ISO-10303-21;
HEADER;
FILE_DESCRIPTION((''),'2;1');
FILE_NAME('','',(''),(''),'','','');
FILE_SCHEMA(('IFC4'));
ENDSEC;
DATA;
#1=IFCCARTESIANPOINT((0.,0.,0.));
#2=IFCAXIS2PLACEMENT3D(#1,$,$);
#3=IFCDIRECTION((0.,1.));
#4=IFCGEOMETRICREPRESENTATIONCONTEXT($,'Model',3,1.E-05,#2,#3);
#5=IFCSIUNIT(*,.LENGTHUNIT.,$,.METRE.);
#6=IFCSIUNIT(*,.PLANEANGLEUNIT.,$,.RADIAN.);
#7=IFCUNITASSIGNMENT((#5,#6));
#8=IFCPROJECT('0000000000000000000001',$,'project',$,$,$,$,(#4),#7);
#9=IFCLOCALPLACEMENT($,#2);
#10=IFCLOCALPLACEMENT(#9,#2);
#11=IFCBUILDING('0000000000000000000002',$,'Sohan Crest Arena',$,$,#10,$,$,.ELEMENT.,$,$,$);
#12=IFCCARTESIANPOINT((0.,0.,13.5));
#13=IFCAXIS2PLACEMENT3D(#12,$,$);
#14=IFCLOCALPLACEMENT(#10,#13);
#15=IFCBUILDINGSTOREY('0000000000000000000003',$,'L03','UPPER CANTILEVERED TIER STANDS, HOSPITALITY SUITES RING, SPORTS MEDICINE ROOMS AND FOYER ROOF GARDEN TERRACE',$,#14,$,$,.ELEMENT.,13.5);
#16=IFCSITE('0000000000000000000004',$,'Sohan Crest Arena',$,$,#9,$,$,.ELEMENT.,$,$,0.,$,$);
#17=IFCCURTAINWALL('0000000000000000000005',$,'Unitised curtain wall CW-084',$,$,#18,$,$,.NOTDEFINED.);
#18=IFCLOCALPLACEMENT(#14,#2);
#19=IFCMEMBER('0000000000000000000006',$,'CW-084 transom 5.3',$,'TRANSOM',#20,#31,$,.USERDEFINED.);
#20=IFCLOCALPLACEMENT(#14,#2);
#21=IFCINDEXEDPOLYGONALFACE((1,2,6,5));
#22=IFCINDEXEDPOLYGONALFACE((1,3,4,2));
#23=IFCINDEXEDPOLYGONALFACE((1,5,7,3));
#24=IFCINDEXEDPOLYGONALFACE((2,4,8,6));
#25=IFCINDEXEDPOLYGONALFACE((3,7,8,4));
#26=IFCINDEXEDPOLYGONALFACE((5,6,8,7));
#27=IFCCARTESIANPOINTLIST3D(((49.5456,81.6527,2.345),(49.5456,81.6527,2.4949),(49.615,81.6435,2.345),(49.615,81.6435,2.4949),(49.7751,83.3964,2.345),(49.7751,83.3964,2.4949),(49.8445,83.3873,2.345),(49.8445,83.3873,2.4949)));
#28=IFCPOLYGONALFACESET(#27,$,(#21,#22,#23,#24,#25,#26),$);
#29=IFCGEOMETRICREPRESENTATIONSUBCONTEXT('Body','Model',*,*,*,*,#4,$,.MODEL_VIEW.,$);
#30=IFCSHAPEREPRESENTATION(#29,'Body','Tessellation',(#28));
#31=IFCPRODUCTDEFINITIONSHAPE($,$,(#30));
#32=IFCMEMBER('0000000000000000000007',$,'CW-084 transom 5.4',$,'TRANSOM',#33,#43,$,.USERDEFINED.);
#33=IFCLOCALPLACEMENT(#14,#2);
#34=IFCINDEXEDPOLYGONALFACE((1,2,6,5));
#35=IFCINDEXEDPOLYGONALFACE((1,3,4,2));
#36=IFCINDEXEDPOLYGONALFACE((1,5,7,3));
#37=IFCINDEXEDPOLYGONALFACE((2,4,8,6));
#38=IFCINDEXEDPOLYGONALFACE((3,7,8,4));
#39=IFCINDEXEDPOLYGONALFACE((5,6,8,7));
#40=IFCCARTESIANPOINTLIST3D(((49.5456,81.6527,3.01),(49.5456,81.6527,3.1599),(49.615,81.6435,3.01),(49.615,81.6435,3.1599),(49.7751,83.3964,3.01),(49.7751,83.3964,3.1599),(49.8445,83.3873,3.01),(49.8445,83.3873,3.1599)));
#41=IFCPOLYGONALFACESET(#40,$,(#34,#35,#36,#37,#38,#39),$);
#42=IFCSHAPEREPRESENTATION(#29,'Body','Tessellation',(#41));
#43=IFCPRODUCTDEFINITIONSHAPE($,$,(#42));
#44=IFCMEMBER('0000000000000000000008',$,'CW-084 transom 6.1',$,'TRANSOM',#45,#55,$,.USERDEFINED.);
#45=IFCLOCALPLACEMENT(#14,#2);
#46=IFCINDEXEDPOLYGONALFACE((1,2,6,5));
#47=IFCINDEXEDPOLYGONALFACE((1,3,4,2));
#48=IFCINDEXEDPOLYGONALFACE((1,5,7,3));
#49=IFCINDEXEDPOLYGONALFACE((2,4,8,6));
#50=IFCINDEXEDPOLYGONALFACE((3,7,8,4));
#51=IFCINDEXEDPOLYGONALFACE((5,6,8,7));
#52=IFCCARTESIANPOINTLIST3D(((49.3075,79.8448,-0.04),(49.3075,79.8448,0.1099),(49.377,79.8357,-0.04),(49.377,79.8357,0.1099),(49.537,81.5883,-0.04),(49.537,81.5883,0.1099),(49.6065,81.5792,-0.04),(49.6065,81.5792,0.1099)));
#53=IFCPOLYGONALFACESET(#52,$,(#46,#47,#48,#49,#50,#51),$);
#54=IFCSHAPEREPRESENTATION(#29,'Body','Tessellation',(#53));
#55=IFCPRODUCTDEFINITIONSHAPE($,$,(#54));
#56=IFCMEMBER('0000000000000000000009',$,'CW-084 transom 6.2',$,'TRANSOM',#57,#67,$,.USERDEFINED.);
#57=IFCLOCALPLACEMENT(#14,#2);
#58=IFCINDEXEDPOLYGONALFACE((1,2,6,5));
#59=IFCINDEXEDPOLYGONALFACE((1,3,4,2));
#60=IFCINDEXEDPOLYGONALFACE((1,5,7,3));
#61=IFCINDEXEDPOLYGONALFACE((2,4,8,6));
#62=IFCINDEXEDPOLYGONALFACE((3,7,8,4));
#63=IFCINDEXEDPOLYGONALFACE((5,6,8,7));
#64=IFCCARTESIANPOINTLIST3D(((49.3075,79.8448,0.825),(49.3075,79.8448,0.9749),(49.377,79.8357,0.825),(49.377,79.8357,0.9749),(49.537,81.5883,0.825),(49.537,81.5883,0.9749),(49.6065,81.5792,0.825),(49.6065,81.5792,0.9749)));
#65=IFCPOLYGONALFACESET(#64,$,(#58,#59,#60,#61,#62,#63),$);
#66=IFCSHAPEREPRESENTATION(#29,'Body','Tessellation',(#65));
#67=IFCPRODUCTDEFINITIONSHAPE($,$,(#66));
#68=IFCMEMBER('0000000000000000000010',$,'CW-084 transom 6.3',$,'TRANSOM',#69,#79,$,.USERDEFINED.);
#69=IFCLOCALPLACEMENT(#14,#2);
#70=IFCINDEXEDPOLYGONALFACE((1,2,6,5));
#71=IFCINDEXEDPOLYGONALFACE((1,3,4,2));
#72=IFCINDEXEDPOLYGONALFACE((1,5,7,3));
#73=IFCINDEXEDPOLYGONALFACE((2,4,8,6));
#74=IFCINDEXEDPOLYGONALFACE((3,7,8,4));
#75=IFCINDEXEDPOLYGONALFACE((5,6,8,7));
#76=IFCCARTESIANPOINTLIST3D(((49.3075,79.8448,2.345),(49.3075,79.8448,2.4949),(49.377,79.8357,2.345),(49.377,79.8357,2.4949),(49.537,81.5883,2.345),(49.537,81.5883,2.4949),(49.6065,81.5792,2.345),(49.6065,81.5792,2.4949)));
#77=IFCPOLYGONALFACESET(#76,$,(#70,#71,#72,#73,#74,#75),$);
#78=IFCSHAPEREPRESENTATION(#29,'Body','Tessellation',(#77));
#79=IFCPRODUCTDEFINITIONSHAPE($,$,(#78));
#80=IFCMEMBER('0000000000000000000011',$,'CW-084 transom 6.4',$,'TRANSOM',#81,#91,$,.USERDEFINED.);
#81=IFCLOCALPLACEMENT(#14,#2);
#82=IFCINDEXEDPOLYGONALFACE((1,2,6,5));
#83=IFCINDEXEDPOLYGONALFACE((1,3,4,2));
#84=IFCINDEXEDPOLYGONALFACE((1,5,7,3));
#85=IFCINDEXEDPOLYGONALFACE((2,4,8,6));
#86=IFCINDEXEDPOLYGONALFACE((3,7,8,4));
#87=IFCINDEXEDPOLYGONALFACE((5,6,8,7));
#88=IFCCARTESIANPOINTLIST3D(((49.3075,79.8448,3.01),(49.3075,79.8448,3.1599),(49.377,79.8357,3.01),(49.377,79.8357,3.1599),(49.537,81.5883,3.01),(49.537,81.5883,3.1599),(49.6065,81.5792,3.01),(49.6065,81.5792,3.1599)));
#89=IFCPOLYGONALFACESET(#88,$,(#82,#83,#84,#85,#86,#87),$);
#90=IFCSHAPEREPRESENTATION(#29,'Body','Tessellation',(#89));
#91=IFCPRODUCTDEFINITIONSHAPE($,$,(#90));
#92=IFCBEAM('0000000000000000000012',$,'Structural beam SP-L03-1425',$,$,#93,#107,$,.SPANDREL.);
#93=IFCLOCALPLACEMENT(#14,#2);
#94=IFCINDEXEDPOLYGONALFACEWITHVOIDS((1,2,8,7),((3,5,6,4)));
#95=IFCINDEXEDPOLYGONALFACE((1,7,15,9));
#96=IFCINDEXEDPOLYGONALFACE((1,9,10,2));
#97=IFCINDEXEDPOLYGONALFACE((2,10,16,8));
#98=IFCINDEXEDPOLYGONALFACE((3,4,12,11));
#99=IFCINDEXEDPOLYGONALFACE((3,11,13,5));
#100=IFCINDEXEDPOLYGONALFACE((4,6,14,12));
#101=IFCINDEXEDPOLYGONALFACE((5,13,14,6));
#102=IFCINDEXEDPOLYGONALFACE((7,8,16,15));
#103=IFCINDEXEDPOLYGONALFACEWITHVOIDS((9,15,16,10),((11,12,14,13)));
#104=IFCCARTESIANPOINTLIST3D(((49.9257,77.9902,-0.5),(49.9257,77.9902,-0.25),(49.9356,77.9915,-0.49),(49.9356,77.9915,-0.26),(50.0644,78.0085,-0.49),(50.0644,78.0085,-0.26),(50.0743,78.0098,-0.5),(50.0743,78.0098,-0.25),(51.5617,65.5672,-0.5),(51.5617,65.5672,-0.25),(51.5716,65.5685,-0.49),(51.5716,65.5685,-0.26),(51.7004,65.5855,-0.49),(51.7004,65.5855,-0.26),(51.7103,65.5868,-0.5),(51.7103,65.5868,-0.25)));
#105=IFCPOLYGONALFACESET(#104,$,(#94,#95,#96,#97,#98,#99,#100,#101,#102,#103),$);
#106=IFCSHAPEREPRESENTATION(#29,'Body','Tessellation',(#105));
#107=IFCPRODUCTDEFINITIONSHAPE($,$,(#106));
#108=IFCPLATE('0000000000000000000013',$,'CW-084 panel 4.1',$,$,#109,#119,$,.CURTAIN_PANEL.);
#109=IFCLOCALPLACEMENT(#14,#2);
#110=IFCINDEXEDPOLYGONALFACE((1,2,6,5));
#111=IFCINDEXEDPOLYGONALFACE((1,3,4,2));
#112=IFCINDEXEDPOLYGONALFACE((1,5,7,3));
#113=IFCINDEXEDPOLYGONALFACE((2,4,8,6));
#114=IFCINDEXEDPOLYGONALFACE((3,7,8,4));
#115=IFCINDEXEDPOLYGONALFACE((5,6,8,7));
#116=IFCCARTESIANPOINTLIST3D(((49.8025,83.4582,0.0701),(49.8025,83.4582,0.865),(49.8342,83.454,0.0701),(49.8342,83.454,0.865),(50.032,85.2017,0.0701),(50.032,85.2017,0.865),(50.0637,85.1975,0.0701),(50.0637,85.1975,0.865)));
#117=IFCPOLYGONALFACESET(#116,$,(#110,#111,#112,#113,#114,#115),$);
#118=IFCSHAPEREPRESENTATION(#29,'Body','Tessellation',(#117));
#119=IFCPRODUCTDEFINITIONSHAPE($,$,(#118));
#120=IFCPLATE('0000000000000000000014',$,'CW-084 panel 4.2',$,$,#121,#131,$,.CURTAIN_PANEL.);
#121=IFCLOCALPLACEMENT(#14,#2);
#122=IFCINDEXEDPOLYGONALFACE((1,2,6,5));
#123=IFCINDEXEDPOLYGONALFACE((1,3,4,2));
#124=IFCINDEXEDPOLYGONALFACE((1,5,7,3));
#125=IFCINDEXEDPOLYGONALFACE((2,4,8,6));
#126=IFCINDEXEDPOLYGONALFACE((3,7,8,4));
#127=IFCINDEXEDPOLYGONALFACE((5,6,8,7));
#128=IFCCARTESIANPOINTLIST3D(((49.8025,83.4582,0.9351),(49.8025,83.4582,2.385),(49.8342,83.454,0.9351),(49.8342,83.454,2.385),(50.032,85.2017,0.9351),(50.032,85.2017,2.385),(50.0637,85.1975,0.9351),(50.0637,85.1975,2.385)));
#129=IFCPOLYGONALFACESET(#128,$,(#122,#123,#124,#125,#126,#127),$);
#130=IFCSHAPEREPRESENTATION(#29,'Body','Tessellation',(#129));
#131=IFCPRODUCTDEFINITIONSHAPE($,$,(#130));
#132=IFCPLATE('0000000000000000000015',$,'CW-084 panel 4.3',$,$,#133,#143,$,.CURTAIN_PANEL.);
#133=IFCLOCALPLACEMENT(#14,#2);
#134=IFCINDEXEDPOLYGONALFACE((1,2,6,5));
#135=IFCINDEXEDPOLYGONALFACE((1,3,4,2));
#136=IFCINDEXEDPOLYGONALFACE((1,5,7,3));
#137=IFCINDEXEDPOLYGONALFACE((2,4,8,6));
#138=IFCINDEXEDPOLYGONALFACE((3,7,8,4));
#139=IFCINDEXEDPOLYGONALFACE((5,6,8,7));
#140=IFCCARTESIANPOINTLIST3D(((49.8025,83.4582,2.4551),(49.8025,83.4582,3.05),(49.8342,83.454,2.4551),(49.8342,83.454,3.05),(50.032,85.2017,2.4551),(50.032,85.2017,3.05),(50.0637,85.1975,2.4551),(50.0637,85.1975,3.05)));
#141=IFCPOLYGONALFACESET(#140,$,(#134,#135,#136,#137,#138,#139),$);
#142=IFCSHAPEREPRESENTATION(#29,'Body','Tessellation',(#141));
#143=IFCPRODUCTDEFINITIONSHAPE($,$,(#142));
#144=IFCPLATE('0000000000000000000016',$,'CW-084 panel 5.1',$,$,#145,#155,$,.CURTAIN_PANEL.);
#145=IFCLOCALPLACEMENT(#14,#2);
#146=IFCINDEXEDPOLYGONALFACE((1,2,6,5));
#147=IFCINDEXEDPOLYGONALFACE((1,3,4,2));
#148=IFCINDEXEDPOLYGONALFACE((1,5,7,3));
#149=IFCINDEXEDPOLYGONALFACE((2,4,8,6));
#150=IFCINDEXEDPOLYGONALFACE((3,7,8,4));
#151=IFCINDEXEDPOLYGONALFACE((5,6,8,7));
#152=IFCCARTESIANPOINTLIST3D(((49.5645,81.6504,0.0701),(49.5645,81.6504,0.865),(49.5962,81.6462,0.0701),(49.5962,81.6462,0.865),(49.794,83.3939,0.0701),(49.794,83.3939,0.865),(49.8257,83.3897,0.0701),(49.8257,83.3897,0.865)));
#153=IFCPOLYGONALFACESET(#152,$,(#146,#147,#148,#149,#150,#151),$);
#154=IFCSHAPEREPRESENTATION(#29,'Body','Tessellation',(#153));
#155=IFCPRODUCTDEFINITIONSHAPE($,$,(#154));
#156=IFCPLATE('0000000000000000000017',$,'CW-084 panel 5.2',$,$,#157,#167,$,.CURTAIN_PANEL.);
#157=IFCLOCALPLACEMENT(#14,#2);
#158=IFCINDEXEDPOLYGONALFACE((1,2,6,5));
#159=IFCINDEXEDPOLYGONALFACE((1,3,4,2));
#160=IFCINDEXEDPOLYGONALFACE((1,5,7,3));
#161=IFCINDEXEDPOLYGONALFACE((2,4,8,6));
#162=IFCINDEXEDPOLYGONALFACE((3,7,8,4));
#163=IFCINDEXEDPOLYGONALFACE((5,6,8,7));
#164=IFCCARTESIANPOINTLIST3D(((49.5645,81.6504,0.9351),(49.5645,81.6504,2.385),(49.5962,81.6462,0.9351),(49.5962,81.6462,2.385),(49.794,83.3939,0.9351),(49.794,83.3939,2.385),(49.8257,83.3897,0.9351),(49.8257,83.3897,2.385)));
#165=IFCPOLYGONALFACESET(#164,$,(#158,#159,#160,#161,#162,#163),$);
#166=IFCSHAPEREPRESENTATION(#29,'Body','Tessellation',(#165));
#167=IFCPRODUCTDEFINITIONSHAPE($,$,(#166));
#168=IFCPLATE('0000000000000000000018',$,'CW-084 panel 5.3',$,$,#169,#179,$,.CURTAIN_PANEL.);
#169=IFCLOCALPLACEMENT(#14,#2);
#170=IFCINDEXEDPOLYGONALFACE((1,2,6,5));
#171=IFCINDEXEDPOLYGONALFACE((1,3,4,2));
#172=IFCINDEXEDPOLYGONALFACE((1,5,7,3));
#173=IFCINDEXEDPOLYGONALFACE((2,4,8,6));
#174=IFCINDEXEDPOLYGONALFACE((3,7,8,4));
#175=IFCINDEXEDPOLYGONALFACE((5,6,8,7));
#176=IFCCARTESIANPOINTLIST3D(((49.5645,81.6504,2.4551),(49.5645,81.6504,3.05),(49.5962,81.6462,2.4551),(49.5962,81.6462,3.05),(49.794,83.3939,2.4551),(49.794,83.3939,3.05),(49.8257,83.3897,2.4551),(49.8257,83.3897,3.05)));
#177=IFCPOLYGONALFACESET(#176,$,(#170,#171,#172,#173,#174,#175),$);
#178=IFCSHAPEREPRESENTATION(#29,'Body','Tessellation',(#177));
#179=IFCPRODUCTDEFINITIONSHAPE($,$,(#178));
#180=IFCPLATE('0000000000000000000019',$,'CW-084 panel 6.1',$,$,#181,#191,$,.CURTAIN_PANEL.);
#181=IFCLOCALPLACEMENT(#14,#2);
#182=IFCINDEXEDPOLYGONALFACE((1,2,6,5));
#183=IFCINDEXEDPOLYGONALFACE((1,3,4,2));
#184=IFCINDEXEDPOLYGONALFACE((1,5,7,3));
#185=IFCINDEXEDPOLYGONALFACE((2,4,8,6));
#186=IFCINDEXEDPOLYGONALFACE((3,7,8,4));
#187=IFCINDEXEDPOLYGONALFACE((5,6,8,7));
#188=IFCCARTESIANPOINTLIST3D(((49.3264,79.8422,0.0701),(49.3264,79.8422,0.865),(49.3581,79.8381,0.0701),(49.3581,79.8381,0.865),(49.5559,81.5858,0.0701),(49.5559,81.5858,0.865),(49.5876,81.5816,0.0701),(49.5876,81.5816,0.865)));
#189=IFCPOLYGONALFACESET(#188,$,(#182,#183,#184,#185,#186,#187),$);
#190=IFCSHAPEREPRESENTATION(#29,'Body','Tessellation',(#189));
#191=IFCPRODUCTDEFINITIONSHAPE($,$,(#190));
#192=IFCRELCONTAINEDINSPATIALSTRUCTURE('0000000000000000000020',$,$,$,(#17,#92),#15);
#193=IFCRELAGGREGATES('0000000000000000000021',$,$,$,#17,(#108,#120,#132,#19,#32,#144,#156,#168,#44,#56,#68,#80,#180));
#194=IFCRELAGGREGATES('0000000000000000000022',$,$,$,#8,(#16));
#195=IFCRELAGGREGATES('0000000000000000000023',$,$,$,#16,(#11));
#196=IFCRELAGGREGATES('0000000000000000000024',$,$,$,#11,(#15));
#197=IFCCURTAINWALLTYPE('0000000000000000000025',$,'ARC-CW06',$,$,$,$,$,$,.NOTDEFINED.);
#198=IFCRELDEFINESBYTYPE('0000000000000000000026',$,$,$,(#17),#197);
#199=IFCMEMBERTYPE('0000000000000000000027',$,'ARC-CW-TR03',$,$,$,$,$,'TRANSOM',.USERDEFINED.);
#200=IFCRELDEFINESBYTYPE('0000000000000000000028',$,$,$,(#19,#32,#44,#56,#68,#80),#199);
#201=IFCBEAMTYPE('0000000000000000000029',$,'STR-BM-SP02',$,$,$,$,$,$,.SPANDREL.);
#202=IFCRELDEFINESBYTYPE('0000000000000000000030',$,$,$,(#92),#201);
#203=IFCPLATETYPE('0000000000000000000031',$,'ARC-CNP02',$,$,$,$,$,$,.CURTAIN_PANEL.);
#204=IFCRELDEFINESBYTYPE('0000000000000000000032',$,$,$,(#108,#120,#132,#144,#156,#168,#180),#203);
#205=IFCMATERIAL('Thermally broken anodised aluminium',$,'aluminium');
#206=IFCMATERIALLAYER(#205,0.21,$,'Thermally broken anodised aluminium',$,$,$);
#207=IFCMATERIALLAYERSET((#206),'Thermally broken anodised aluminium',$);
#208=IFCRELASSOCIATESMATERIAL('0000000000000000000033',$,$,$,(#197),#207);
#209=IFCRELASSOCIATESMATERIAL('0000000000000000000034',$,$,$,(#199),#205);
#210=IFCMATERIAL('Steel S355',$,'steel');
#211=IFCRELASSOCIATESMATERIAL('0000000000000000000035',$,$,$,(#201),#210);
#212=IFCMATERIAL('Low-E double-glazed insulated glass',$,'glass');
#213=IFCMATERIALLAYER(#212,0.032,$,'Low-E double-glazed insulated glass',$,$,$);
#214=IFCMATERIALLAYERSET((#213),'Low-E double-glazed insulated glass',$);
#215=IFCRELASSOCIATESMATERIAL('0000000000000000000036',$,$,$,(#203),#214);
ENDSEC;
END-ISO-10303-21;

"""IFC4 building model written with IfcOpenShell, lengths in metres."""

from ifc_helpers import new_model, si_unit, direction, frame, origin, origin_2d, place, context, subcontext, project, spatial, rectangle, hollow_rectangle, extrude, material, layer, layer_set, material_profile, profile_set, type_object, element, aggregate, save


model = new_model("IFC4")

# Units and contexts
model_context = context("Model", 3, precision=1e-05, world=origin(), true_north=direction((0.0, 1.0)))
body_context = subcontext(model_context, "Body", "Model", "MODEL_VIEW")
ifc_project = project(units=[si_unit("LENGTHUNIT", "METRE"), si_unit("PLANEANGLEUNIT", "RADIAN")], contexts=[model_context])

# Site, building, storey
site_placement = place(None, origin())
site = spatial("IfcSite", under=ifc_project, at=site_placement, Name="Sohan Crest Arena", CompositionType="ELEMENT", RefElevation=0.0)
building_placement = place(site_placement, origin())
building = spatial("IfcBuilding", under=site, at=building_placement, Name="Sohan Crest Arena", CompositionType="ELEMENT")
storey_placement = place(building_placement, frame((0.0, 0.0, 13.5)))
storey = spatial("IfcBuildingStorey", under=building, at=storey_placement, Name="L03", Description="UPPER CANTILEVERED TIER STANDS, HOSPITALITY SUITES RING, SPORTS MEDICINE ROOMS AND FOYER ROOF GARDEN TERRACE", CompositionType="ELEMENT", Elevation=13.5)

# Shared definitions
ifc_material_1 = material(Name="Steel S355", Category="steel")

# Curtain wall
ifc_material_2 = material(Name="Thermally broken anodised aluminium", Category="aluminium")
ifc_layer_1 = layer(ifc_material_2, 0.21, Name="Thermally broken anodised aluminium")
ifc_layer_set_1 = layer_set([ifc_layer_1], Name="Thermally broken anodised aluminium")
curtain_wall_type_1 = type_object("IfcCurtainWallType", Name="ARC-CW06", PredefinedType="NOTDEFINED", material=ifc_layer_set_1)
curtain_wall_1_placement = place(storey_placement, origin())
curtain_wall_1 = element("IfcCurtainWall", 1, at=curtain_wall_1_placement, inside=storey, type_object=curtain_wall_type_1, Name="Unitised curtain wall CW-084", PredefinedType="NOTDEFINED")

# Members
ifc_material_profile_1 = material_profile(ifc_material_2, rectangle(XDim=0.0701, YDim=0.1499, at=origin_2d()), Name="ALU-TRAN 70x150")
ifc_profile_set_1 = profile_set([ifc_material_profile_1], Name="Thermally broken anodised aluminium")
member_type_1 = type_object("IfcMemberType", Name="ARC-CW-TR03", ElementType="TRANSOM", PredefinedType="USERDEFINED", material=ifc_profile_set_1)
member_1_placement = place(storey_placement, frame((49.8098, 83.3918, 2.4199), z_axis=(-0.13049, -0.99145, 0.0), x_axis=(0.99145, -0.13049, 0.0)))
member_1 = element("IfcMember", 2, at=member_1_placement, type_object=member_type_1, Name="CW-084 transom 5.3", ObjectType="TRANSOM", PredefinedType="USERDEFINED", context=body_context, shape_type="SweptSolid", body=[
    extrude(rectangle(XDim=0.0701, YDim=0.1499, at=origin_2d()), origin(), (0.0, 0.0, 1.0), 1.7588),
])
member_2_placement = place(storey_placement, frame((49.8098, 83.3918, 3.085), z_axis=(-0.13049, -0.99145, 0.0), x_axis=(0.99145, -0.13049, 0.0)))
member_2 = element("IfcMember", 3, at=member_2_placement, type_object=member_type_1, Name="CW-084 transom 5.4", ObjectType="TRANSOM", PredefinedType="USERDEFINED", context=body_context, shape_type="SweptSolid", body=[
    extrude(rectangle(XDim=0.0701, YDim=0.1499, at=origin_2d()), origin(), (0.0, 0.0, 1.0), 1.7588),
])
member_3_placement = place(storey_placement, frame((49.5718, 81.5837, 0.0349), z_axis=(-0.130508, -0.991447, 0.0), x_axis=(0.991447, -0.130508, 0.0)))
member_3 = element("IfcMember", 4, at=member_3_placement, type_object=member_type_1, Name="CW-084 transom 6.1", ObjectType="TRANSOM", PredefinedType="USERDEFINED", context=body_context, shape_type="SweptSolid", body=[
    extrude(rectangle(XDim=0.0701, YDim=0.1499, at=origin_2d()), origin(), (0.0, 0.0, 1.0), 1.7585),
])
member_4_placement = place(storey_placement, frame((49.5718, 81.5837, 0.8999), z_axis=(-0.130508, -0.991447, 0.0), x_axis=(0.991447, -0.130508, 0.0)))
member_4 = element("IfcMember", 5, at=member_4_placement, type_object=member_type_1, Name="CW-084 transom 6.2", ObjectType="TRANSOM", PredefinedType="USERDEFINED", context=body_context, shape_type="SweptSolid", body=[
    extrude(rectangle(XDim=0.0701, YDim=0.1499, at=origin_2d()), origin(), (0.0, 0.0, 1.0), 1.7585),
])
member_5_placement = place(storey_placement, frame((49.5718, 81.5837, 2.4199), z_axis=(-0.130508, -0.991447, 0.0), x_axis=(0.991447, -0.130508, 0.0)))
member_5 = element("IfcMember", 6, at=member_5_placement, type_object=member_type_1, Name="CW-084 transom 6.3", ObjectType="TRANSOM", PredefinedType="USERDEFINED", context=body_context, shape_type="SweptSolid", body=[
    extrude(rectangle(XDim=0.0701, YDim=0.1499, at=origin_2d()), origin(), (0.0, 0.0, 1.0), 1.7585),
])
member_6_placement = place(storey_placement, frame((49.5718, 81.5837, 3.085), z_axis=(-0.130508, -0.991447, 0.0), x_axis=(0.991447, -0.130508, 0.0)))
member_6 = element("IfcMember", 7, at=member_6_placement, type_object=member_type_1, Name="CW-084 transom 6.4", ObjectType="TRANSOM", PredefinedType="USERDEFINED", context=body_context, shape_type="SweptSolid", body=[
    extrude(rectangle(XDim=0.0701, YDim=0.1499, at=origin_2d()), origin(), (0.0, 0.0, 1.0), 1.7585),
])

# Beam
ifc_material_profile_2 = material_profile(ifc_material_1, hollow_rectangle(XDim=0.1499, YDim=0.25, WallThickness=0.01, at=origin_2d()), Name="RHS 250x150x10")
ifc_profile_set_2 = profile_set([ifc_material_profile_2], Name="Steel S355")
beam_type = type_object("IfcBeamType", Name="STR-BM-SP02", PredefinedType="SPANDREL", material=ifc_profile_set_2)
beam_placement = place(storey_placement, frame((50.0, 78.0, -0.375), z_axis=(0.130562, -0.99144, 0.0), x_axis=(0.99144, 0.130562, 0.0)))
element("IfcBeam", 8, at=beam_placement, inside=storey, type_object=beam_type, Name="Structural beam SP-L03-1425", PredefinedType="SPANDREL", context=body_context, shape_type="SweptSolid", body=[
    extrude(hollow_rectangle(XDim=0.1499, YDim=0.25, WallThickness=0.01, at=origin_2d()), origin(), (0.0, 0.0, 1.0), 12.5303),
])

# Plates
ifc_material_3 = material(Name="Low-E double-glazed insulated glass", Category="glass")
ifc_layer_2 = layer(ifc_material_3, 0.032, Name="Low-E double-glazed insulated glass")
ifc_layer_set_2 = layer_set([ifc_layer_2], Name="Low-E double-glazed insulated glass")
plate_type_1 = type_object("IfcPlateType", Name="ARC-CNP02", PredefinedType="CURTAIN_PANEL", material=ifc_layer_set_2)
plate_1_placement = place(storey_placement, frame((49.9331, 84.3279, 0.0701), z_axis=(0.0, 0.0, 1.0), x_axis=(-0.130511, -0.991447, 0.0)))
plate_1 = element("IfcPlate", 9, at=plate_1_placement, type_object=plate_type_1, Name="CW-084 panel 4.1", PredefinedType="CURTAIN_PANEL", context=body_context, shape_type="SweptSolid", body=[
    extrude(rectangle(XDim=1.7585, YDim=0.032, at=origin_2d()), origin(), (0.0, 0.0, 1.0), 0.7949),
])
plate_2_placement = place(storey_placement, frame((49.9331, 84.3279, 0.9351), z_axis=(0.0, 0.0, 1.0), x_axis=(-0.130511, -0.991447, 0.0)))
plate_2 = element("IfcPlate", 10, at=plate_2_placement, type_object=plate_type_1, Name="CW-084 panel 4.2", PredefinedType="CURTAIN_PANEL", context=body_context, shape_type="SweptSolid", body=[
    extrude(rectangle(XDim=1.7585, YDim=0.032, at=origin_2d()), origin(), (0.0, 0.0, 1.0), 1.45),
])
plate_3_placement = place(storey_placement, frame((49.9331, 84.3279, 2.4551), z_axis=(0.0, 0.0, 1.0), x_axis=(-0.130511, -0.991447, 0.0)))
plate_3 = element("IfcPlate", 11, at=plate_3_placement, type_object=plate_type_1, Name="CW-084 panel 4.3", PredefinedType="CURTAIN_PANEL", context=body_context, shape_type="SweptSolid", body=[
    extrude(rectangle(XDim=1.7585, YDim=0.032, at=origin_2d()), origin(), (0.0, 0.0, 1.0), 0.595),
])
plate_4_placement = place(storey_placement, frame((49.6951, 82.52, 0.0701), z_axis=(0.0, 0.0, 1.0), x_axis=(-0.130511, -0.991447, 0.0)))
plate_4 = element("IfcPlate", 12, at=plate_4_placement, type_object=plate_type_1, Name="CW-084 panel 5.1", PredefinedType="CURTAIN_PANEL", context=body_context, shape_type="SweptSolid", body=[
    extrude(rectangle(XDim=1.7585, YDim=0.032, at=origin_2d()), origin(), (0.0, 0.0, 1.0), 0.7949),
])
plate_5_placement = place(storey_placement, frame((49.6951, 82.52, 0.9351), z_axis=(0.0, 0.0, 1.0), x_axis=(-0.130511, -0.991447, 0.0)))
plate_5 = element("IfcPlate", 13, at=plate_5_placement, type_object=plate_type_1, Name="CW-084 panel 5.2", PredefinedType="CURTAIN_PANEL", context=body_context, shape_type="SweptSolid", body=[
    extrude(rectangle(XDim=1.7585, YDim=0.032, at=origin_2d()), origin(), (0.0, 0.0, 1.0), 1.45),
])
plate_6_placement = place(storey_placement, frame((49.6951, 82.52, 2.4551), z_axis=(0.0, 0.0, 1.0), x_axis=(-0.130511, -0.991447, 0.0)))
plate_6 = element("IfcPlate", 14, at=plate_6_placement, type_object=plate_type_1, Name="CW-084 panel 5.3", PredefinedType="CURTAIN_PANEL", context=body_context, shape_type="SweptSolid", body=[
    extrude(rectangle(XDim=1.7585, YDim=0.032, at=origin_2d()), origin(), (0.0, 0.0, 1.0), 0.595),
])
plate_7_placement = place(storey_placement, frame((49.457, 80.7119, 0.0701), z_axis=(0.0, 0.0, 1.0), x_axis=(-0.130511, -0.991447, 0.0)))
plate_7 = element("IfcPlate", 15, at=plate_7_placement, type_object=plate_type_1, Name="CW-084 panel 6.1", PredefinedType="CURTAIN_PANEL", context=body_context, shape_type="SweptSolid", body=[
    extrude(rectangle(XDim=1.7585, YDim=0.032, at=origin_2d()), origin(), (0.0, 0.0, 1.0), 0.7949),
])
aggregate(curtain_wall_1, [plate_1, plate_2, plate_3, member_1, member_2, plate_4, plate_5, plate_6, member_3, member_4, member_5, member_6, plate_7])

save(model, "model.ifc")
